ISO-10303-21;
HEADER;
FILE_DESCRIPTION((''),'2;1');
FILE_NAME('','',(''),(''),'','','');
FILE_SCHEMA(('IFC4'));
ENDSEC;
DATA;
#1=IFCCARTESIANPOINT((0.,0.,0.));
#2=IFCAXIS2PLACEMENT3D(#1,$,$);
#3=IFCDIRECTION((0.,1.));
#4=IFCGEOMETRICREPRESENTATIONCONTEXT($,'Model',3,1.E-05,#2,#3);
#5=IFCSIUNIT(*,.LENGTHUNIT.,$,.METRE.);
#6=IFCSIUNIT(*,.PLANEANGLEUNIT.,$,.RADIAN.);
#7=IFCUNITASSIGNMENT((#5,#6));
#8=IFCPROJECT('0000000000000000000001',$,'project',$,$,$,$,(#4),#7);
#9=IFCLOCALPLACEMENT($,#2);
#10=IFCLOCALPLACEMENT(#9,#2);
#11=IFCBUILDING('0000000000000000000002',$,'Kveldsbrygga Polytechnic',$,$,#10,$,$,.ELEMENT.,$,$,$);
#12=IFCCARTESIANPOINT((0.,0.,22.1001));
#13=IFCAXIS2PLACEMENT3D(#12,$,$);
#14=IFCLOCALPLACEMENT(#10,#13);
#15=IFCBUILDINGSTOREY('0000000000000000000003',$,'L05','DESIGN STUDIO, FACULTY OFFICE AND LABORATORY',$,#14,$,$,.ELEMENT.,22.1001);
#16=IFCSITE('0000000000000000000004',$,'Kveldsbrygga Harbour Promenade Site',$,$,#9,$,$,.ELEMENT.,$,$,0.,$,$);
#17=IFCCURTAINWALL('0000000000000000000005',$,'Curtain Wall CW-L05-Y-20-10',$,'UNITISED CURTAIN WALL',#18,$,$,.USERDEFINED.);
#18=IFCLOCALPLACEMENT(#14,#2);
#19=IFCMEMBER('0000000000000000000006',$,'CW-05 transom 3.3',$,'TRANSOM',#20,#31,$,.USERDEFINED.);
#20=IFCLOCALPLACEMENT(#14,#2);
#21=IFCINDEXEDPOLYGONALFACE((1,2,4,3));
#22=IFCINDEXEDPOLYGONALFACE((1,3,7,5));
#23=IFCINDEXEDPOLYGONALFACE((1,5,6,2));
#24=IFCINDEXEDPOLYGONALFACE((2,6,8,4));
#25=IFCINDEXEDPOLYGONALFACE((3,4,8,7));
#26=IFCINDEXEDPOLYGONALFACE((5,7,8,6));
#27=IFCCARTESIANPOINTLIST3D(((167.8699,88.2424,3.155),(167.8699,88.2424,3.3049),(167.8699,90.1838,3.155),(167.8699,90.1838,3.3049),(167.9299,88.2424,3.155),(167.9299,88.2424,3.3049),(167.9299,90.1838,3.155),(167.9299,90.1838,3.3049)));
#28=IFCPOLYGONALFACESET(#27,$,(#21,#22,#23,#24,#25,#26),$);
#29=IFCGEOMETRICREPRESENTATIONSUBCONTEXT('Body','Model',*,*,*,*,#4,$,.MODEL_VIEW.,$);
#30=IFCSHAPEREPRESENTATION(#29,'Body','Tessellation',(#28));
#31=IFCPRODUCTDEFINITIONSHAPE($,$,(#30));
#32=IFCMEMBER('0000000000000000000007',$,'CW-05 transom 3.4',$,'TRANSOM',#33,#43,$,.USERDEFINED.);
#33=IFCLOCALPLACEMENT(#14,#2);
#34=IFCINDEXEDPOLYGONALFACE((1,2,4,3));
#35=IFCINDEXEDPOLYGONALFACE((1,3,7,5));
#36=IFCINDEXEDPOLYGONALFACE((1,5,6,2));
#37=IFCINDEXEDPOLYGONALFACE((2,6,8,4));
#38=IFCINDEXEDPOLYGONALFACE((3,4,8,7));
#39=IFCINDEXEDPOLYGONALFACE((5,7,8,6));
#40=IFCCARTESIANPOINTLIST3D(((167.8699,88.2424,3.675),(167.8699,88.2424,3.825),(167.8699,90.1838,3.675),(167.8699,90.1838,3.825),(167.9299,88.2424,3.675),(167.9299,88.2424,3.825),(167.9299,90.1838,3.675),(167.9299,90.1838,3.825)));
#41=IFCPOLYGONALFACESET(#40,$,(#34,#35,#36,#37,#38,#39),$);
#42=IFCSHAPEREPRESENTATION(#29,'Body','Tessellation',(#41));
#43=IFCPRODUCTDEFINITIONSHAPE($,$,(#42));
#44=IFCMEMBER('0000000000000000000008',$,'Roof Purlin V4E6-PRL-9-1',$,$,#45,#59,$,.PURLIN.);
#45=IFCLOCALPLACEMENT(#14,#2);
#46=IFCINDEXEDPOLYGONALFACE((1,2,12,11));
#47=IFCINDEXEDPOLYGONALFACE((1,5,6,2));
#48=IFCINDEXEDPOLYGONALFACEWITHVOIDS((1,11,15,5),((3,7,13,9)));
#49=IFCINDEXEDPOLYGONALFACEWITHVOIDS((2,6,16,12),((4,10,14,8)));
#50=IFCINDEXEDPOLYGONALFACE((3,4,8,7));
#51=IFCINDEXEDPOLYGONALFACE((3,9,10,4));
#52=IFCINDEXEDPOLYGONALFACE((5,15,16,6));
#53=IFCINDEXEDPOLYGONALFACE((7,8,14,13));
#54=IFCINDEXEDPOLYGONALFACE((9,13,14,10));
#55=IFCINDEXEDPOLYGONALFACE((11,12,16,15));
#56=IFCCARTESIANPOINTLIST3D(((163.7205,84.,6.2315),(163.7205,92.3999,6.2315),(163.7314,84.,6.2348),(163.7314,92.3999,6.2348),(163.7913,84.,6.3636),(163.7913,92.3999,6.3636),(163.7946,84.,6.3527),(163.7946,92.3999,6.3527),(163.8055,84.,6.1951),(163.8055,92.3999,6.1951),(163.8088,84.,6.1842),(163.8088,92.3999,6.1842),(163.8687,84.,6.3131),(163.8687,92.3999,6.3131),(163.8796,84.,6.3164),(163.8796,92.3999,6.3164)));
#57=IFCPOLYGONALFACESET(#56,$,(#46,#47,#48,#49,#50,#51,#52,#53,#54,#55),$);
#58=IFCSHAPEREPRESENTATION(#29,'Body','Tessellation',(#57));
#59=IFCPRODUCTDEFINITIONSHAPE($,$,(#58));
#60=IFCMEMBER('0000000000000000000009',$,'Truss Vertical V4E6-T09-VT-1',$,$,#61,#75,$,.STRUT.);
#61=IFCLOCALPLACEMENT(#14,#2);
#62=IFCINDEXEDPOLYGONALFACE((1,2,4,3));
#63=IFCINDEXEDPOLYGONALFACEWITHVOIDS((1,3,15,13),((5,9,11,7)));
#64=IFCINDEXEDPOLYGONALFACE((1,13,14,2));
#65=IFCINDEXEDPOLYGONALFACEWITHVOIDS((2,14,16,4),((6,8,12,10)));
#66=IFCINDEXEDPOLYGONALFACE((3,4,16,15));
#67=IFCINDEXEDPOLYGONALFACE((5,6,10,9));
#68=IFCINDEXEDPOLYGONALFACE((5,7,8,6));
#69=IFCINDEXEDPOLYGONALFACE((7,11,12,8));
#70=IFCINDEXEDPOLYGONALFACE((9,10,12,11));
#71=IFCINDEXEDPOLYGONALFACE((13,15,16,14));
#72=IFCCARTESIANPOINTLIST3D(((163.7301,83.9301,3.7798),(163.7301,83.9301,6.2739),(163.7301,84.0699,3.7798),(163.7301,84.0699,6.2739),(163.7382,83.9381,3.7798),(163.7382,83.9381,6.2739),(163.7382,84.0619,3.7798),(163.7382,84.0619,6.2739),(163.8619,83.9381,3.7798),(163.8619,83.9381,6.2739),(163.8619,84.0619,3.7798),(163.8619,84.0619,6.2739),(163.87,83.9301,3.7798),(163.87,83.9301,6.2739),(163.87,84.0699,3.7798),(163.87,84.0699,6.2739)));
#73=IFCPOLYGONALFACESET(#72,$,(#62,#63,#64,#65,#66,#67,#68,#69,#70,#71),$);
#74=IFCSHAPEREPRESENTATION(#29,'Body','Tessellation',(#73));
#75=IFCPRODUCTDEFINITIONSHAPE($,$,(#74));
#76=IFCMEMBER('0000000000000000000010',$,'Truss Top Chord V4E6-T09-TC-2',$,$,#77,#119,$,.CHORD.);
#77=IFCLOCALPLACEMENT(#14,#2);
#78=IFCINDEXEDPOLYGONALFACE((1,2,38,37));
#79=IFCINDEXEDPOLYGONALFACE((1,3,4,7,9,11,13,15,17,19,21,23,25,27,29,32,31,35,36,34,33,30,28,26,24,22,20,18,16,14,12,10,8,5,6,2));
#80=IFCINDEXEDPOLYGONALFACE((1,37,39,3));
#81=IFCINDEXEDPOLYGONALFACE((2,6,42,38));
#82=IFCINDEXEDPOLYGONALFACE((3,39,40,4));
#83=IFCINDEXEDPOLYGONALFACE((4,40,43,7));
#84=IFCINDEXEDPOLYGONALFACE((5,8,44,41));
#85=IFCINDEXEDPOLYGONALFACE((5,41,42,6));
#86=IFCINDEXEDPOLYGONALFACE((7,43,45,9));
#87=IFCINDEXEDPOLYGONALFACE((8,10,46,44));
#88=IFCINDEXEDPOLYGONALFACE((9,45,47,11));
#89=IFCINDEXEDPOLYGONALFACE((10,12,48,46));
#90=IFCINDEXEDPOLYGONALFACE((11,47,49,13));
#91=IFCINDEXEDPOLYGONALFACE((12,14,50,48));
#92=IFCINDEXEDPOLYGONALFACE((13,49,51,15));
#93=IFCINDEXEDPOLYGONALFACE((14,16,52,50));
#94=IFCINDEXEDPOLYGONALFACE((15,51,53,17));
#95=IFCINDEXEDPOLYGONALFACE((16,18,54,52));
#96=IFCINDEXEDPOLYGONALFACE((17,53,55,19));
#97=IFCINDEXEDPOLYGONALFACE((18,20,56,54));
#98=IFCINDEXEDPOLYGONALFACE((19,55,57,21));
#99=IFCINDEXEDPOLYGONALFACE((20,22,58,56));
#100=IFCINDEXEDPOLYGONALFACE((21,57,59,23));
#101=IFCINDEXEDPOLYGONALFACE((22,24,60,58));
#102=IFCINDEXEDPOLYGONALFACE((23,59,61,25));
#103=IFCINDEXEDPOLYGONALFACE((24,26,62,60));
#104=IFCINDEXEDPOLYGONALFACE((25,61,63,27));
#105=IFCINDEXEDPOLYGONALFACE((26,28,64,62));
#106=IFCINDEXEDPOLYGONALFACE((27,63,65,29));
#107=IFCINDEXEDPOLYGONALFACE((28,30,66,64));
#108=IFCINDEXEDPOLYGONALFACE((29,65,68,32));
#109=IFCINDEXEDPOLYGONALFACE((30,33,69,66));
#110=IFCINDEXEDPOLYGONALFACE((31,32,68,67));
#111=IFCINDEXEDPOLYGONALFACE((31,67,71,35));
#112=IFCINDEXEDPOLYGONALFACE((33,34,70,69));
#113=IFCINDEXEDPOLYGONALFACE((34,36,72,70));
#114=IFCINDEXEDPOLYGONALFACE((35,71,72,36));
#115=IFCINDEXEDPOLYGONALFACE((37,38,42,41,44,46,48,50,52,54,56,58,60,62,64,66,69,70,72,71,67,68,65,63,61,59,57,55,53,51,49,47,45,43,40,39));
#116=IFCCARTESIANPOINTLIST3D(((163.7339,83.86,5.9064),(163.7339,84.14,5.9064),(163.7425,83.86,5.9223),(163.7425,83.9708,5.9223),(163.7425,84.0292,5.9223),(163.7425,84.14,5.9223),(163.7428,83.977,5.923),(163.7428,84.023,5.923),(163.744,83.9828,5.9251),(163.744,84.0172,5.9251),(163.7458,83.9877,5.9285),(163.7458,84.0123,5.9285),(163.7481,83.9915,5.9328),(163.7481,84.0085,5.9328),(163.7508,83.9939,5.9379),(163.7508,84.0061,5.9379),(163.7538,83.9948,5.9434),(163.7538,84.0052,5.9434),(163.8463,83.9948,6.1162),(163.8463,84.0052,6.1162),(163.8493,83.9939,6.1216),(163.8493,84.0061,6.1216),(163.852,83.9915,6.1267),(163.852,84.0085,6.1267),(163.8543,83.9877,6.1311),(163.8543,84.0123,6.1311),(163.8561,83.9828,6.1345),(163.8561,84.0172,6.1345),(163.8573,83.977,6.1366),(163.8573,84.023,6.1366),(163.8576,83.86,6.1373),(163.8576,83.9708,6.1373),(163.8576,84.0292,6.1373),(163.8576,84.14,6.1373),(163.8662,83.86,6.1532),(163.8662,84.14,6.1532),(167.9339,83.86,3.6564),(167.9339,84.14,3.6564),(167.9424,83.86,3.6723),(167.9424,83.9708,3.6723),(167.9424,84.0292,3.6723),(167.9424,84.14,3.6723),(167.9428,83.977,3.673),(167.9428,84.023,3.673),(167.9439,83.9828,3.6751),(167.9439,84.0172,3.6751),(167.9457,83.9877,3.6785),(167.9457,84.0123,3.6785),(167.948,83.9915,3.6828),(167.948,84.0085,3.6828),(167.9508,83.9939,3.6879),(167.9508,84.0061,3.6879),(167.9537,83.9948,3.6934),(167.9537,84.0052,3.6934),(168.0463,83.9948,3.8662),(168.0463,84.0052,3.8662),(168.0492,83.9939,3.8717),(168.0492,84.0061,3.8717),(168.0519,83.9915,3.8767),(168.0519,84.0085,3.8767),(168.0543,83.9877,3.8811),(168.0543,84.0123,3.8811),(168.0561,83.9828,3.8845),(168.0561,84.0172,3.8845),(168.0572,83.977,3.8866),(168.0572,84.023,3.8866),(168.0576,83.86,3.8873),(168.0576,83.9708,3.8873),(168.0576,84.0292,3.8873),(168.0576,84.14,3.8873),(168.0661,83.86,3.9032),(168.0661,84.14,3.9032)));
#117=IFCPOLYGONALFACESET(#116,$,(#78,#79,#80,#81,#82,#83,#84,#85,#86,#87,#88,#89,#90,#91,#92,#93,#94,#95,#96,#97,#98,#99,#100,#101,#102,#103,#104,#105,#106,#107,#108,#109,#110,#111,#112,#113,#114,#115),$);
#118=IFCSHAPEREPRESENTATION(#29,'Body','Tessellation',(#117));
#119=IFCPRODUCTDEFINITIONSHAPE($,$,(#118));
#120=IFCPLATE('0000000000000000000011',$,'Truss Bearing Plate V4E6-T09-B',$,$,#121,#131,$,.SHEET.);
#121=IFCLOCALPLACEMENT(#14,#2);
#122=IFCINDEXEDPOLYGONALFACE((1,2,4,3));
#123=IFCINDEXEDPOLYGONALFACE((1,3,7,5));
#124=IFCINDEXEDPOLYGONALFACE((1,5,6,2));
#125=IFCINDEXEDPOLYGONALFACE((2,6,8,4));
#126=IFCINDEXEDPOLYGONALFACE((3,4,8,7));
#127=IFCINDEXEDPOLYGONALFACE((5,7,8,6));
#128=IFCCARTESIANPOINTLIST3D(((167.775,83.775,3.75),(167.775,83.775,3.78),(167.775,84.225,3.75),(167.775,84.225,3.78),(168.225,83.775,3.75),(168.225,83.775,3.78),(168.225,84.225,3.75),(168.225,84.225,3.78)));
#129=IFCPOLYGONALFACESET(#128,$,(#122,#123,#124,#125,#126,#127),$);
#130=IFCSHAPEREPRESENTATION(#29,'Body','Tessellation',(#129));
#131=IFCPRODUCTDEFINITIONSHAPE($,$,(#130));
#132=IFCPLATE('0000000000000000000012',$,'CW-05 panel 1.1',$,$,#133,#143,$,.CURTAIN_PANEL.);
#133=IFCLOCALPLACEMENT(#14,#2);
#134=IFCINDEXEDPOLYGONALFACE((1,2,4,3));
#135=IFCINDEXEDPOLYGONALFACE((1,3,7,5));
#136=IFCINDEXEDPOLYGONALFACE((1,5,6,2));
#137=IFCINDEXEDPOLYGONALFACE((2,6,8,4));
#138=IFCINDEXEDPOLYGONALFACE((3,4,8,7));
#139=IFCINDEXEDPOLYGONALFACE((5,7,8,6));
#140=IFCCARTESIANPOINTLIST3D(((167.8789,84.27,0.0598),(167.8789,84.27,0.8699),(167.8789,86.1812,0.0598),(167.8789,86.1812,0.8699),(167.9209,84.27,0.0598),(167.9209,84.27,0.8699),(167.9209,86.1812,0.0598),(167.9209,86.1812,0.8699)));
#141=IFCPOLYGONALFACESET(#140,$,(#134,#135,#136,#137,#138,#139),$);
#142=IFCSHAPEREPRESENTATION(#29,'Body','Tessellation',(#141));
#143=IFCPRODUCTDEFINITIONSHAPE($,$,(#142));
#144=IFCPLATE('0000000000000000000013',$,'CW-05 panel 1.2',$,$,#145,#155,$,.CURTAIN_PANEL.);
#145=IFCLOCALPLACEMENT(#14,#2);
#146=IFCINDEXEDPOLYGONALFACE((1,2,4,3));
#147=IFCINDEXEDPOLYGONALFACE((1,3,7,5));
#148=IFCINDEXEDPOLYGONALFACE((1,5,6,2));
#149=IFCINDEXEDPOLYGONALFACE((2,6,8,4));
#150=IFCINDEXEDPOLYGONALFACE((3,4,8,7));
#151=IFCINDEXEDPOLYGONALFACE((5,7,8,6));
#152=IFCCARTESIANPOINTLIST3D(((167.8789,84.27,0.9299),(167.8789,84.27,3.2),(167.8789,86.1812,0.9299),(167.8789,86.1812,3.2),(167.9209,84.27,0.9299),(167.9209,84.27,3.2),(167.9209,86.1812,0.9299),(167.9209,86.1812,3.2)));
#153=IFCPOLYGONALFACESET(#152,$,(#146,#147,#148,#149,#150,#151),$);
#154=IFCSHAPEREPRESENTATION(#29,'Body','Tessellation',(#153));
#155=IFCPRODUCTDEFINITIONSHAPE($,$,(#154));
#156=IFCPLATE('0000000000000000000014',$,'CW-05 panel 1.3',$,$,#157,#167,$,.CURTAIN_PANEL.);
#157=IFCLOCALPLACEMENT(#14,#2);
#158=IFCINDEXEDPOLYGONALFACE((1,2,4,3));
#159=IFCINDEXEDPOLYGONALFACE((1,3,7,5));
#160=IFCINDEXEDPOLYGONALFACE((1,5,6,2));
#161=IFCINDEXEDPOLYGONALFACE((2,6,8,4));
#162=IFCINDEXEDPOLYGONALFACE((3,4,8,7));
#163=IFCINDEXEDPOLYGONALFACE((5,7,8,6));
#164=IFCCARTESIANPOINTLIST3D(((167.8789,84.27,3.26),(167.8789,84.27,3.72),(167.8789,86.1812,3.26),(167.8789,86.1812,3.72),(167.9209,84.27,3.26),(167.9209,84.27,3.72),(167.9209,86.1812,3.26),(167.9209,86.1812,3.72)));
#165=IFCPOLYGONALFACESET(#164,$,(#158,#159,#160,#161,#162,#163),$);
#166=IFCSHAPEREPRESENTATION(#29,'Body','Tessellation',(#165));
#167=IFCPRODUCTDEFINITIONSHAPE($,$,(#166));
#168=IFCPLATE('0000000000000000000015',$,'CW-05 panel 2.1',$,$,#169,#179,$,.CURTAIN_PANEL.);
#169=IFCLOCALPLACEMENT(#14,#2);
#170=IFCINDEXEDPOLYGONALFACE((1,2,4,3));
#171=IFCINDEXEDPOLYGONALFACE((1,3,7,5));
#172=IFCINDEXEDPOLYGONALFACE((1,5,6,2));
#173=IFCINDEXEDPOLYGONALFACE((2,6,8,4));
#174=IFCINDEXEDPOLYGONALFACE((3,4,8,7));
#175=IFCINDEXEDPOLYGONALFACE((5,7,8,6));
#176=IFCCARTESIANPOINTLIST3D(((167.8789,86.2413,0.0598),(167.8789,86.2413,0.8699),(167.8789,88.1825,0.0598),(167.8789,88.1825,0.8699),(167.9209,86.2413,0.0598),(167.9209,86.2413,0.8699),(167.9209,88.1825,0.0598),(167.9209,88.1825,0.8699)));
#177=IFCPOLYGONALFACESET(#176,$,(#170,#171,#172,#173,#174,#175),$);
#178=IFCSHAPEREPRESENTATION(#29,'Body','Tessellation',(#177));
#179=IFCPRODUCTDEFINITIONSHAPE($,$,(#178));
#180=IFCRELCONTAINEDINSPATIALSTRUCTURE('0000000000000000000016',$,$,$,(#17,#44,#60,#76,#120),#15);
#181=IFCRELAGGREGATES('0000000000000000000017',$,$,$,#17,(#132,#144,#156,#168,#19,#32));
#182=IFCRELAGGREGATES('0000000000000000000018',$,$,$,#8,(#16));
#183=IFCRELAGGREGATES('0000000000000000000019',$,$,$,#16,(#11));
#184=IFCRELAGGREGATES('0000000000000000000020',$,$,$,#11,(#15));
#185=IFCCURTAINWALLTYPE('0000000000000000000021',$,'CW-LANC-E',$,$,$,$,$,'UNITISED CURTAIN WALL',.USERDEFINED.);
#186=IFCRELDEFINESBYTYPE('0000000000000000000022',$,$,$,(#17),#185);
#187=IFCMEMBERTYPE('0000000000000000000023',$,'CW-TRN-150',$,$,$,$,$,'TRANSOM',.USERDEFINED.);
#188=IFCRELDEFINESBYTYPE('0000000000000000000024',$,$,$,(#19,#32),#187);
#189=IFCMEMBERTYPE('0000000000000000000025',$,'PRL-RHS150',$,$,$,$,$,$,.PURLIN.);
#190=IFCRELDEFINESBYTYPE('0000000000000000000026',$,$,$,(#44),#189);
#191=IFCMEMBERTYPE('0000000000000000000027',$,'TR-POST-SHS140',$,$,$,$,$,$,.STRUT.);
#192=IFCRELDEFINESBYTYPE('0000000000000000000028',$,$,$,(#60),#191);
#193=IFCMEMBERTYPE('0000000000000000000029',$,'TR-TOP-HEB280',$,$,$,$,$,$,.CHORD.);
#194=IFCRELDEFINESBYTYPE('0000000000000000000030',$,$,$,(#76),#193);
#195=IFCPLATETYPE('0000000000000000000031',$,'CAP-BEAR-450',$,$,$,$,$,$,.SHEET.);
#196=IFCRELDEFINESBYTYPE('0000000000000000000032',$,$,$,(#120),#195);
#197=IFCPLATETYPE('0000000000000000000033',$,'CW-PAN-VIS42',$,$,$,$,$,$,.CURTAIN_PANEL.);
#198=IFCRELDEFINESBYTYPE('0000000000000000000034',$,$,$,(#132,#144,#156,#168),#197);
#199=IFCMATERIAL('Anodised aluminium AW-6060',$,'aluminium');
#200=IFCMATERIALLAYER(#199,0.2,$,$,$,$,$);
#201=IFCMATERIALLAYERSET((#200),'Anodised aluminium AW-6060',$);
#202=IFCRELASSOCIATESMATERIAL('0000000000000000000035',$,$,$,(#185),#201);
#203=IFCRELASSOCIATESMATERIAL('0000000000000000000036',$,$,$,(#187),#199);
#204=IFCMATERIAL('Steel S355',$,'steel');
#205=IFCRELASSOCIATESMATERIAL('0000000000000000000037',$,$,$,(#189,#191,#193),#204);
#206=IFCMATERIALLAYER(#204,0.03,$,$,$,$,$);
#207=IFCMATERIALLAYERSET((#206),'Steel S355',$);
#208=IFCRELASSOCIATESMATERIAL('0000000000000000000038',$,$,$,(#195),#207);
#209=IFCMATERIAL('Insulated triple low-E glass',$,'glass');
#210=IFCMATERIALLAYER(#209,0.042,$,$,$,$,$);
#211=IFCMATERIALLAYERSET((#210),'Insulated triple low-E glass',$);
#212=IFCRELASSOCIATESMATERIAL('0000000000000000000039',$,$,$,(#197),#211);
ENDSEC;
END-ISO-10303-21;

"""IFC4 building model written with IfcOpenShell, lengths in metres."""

from ifc_helpers import new_model, si_unit, direction, frame, origin, origin_2d, place, context, subcontext, project, spatial, rectangle, hollow_rectangle, i_section, extrude, material, layer, layer_set, material_profile, profile_set, type_object, element, aggregate, save


model = new_model("IFC4")

# Units and contexts
model_context = context("Model", 3, precision=1e-05, world=origin(), true_north=direction((0.0, 1.0)))
body_context = subcontext(model_context, "Body", "Model", "MODEL_VIEW")
ifc_project = project(units=[si_unit("LENGTHUNIT", "METRE"), si_unit("PLANEANGLEUNIT", "RADIAN")], contexts=[model_context])

# Site, building, storey
site_placement = place(None, origin())
site = spatial("IfcSite", under=ifc_project, at=site_placement, Name="Kveldsbrygga Harbour Promenade Site", CompositionType="ELEMENT", RefElevation=0.0)
building_placement = place(site_placement, origin())
building = spatial("IfcBuilding", under=site, at=building_placement, Name="Kveldsbrygga Polytechnic", CompositionType="ELEMENT")
storey_placement = place(building_placement, frame((0.0, 0.0, 22.1001)))
storey = spatial("IfcBuildingStorey", under=building, at=storey_placement, Name="L05", Description="DESIGN STUDIO, FACULTY OFFICE AND LABORATORY", CompositionType="ELEMENT", Elevation=22.1001)

# Curtain wall, members
ifc_material_1 = material(Name="Anodised aluminium AW-6060", Category="aluminium")
ifc_layer_1 = layer(ifc_material_1, 0.2)
ifc_layer_set_1 = layer_set([ifc_layer_1], Name="Anodised aluminium AW-6060")
curtain_wall_type = type_object("IfcCurtainWallType", Name="CW-LANC-E", ElementType="UNITISED CURTAIN WALL", PredefinedType="USERDEFINED", material=ifc_layer_set_1)
curtain_wall_placement = place(storey_placement, origin())
curtain_wall = element("IfcCurtainWall", 1, at=curtain_wall_placement, inside=storey, type_object=curtain_wall_type, Name="Curtain Wall CW-L05-Y-20-10", ObjectType="UNITISED CURTAIN WALL", PredefinedType="USERDEFINED")
ifc_material_profile_1 = material_profile(ifc_material_1, rectangle(XDim=0.0601, YDim=0.1499, at=origin_2d()), Name="ALU 60x150")
ifc_profile_set_1 = profile_set([ifc_material_profile_1], Name="Anodised aluminium AW-6060")
member_type_1 = type_object("IfcMemberType", Name="CW-TRN-150", ElementType="TRANSOM", PredefinedType="USERDEFINED", material=ifc_profile_set_1)
member_1_placement = place(storey_placement, frame((167.8999, 88.2424, 3.23), z_axis=(0.0, 1.0, 0.0), x_axis=(-1.0, 0.0, 0.0)))
member_1 = element("IfcMember", 2, at=member_1_placement, type_object=member_type_1, Name="CW-05 transom 3.3", ObjectType="TRANSOM", PredefinedType="USERDEFINED", context=body_context, shape_type="SweptSolid", body=[
    extrude(rectangle(XDim=0.0601, YDim=0.1499, at=origin_2d()), origin(), (0.0, 0.0, 1.0), 1.9414),
])
member_2_placement = place(storey_placement, frame((167.8999, 88.2424, 3.75), z_axis=(0.0, 1.0, 0.0), x_axis=(-1.0, 0.0, 0.0)))
member_2 = element("IfcMember", 3, at=member_2_placement, type_object=member_type_1, Name="CW-05 transom 3.4", ObjectType="TRANSOM", PredefinedType="USERDEFINED", context=body_context, shape_type="SweptSolid", body=[
    extrude(rectangle(XDim=0.0601, YDim=0.1499, at=origin_2d()), origin(), (0.0, 0.0, 1.0), 1.9414),
])

# Members
ifc_material_2 = material(Name="Steel S355", Category="steel")
ifc_material_profile_2 = material_profile(ifc_material_2, hollow_rectangle(XDim=0.1001, YDim=0.1499, WallThickness=0.0081, at=origin_2d()), Name="RHS 150x100x8.0")
ifc_profile_set_2 = profile_set([ifc_material_profile_2], Name="Steel S355")
member_type_2 = type_object("IfcMemberType", Name="PRL-RHS150", PredefinedType="PURLIN", material=ifc_profile_set_2)
member_3_placement = place(storey_placement, frame((163.8, 84.0, 6.2739), z_axis=(0.0, 1.0, 0.0), x_axis=(-0.88148, 0.0, 0.472222)))
element("IfcMember", 4, at=member_3_placement, inside=storey, type_object=member_type_2, Name="Roof Purlin V4E6-PRL-9-1", PredefinedType="PURLIN", context=body_context, shape_type="SweptSolid", body=[
    extrude(hollow_rectangle(XDim=0.1001, YDim=0.1499, WallThickness=0.0081, at=origin_2d()), origin(), (0.0, 0.0, 1.0), 8.3999),
])
ifc_material_profile_3 = material_profile(ifc_material_2, hollow_rectangle(XDim=0.1399, YDim=0.1399, WallThickness=0.0081, at=origin_2d()), Name="SHS 140x140x8.0")
ifc_profile_set_3 = profile_set([ifc_material_profile_3], Name="Steel S355")
member_type_3 = type_object("IfcMemberType", Name="TR-POST-SHS140", PredefinedType="STRUT", material=ifc_profile_set_3)
member_4_placement = place(storey_placement, frame((163.8, 84.0, 3.7798), z_axis=(0.0, 0.0, 1.0), x_axis=(1.0, 0.0, 0.0)))
element("IfcMember", 5, at=member_4_placement, inside=storey, type_object=member_type_3, Name="Truss Vertical V4E6-T09-VT-1", PredefinedType="STRUT", context=body_context, shape_type="SweptSolid", body=[
    extrude(hollow_rectangle(XDim=0.1399, YDim=0.1399, WallThickness=0.0081, at=origin_2d()), origin(), (0.0, 0.0, 1.0), 2.4941),
])
ifc_material_profile_4 = material_profile(ifc_material_2, i_section(OverallWidth=0.28, OverallDepth=0.28, WebThickness=0.0105, FlangeThickness=0.0181, FilletRadius=0.0239, at=origin_2d()), Name="HEB 280")
ifc_profile_set_4 = profile_set([ifc_material_profile_4], Name="Steel S355")
member_type_4 = type_object("IfcMemberType", Name="TR-TOP-HEB280", PredefinedType="CHORD", material=ifc_profile_set_4)
member_5_placement = place(storey_placement, frame((163.8, 84.0, 6.0298), z_axis=(0.881478, 0.0, -0.472226), x_axis=(0.0, 1.0, 0.0)))
element("IfcMember", 6, at=member_5_placement, inside=storey, type_object=member_type_4, Name="Truss Top Chord V4E6-T09-TC-2", PredefinedType="CHORD", context=body_context, shape_type="SweptSolid", body=[
    extrude(i_section(OverallWidth=0.28, OverallDepth=0.28, WebThickness=0.0105, FlangeThickness=0.0181, FilletRadius=0.0239, at=origin_2d()), origin(), (0.0, 0.0, 1.0), 4.7646),
])

# Plates
ifc_layer_2 = layer(ifc_material_2, 0.03)
ifc_layer_set_2 = layer_set([ifc_layer_2], Name="Steel S355")
plate_type_1 = type_object("IfcPlateType", Name="CAP-BEAR-450", PredefinedType="SHEET", material=ifc_layer_set_2)
plate_1_placement = place(storey_placement, frame((168.0, 84.0, 3.75), z_axis=(0.0, 0.0, 1.0), x_axis=(1.0, 0.0, 0.0)))
element("IfcPlate", 7, at=plate_1_placement, inside=storey, type_object=plate_type_1, Name="Truss Bearing Plate V4E6-T09-B", PredefinedType="SHEET", context=body_context, shape_type="SweptSolid", body=[
    extrude(rectangle(XDim=0.45, YDim=0.45, at=origin_2d()), origin(), (0.0, 0.0, 1.0), 0.03),
])
ifc_material_3 = material(Name="Insulated triple low-E glass", Category="glass")
ifc_layer_3 = layer(ifc_material_3, 0.042)
ifc_layer_set_3 = layer_set([ifc_layer_3], Name="Insulated triple low-E glass")
plate_type_2 = type_object("IfcPlateType", Name="CW-PAN-VIS42", PredefinedType="CURTAIN_PANEL", material=ifc_layer_set_3)
plate_2_placement = place(storey_placement, frame((167.8999, 85.2256, 0.0598), z_axis=(0.0, 0.0, 1.0), x_axis=(0.0, 1.0, 0.0)))
plate_2 = element("IfcPlate", 8, at=plate_2_placement, type_object=plate_type_2, Name="CW-05 panel 1.1", PredefinedType="CURTAIN_PANEL", context=body_context, shape_type="SweptSolid", body=[
    extrude(rectangle(XDim=1.9111, YDim=0.042, at=origin_2d()), origin(), (0.0, 0.0, 1.0), 0.8101),
])
plate_3_placement = place(storey_placement, frame((167.8999, 85.2256, 0.9299), z_axis=(0.0, 0.0, 1.0), x_axis=(0.0, 1.0, 0.0)))
plate_3 = element("IfcPlate", 9, at=plate_3_placement, type_object=plate_type_2, Name="CW-05 panel 1.2", PredefinedType="CURTAIN_PANEL", context=body_context, shape_type="SweptSolid", body=[
    extrude(rectangle(XDim=1.9111, YDim=0.042, at=origin_2d()), origin(), (0.0, 0.0, 1.0), 2.27),
])
plate_4_placement = place(storey_placement, frame((167.8999, 85.2256, 3.26), z_axis=(0.0, 0.0, 1.0), x_axis=(0.0, 1.0, 0.0)))
plate_4 = element("IfcPlate", 10, at=plate_4_placement, type_object=plate_type_2, Name="CW-05 panel 1.3", PredefinedType="CURTAIN_PANEL", context=body_context, shape_type="SweptSolid", body=[
    extrude(rectangle(XDim=1.9111, YDim=0.042, at=origin_2d()), origin(), (0.0, 0.0, 1.0), 0.46),
])
plate_5_placement = place(storey_placement, frame((167.8999, 87.2119, 0.0598), z_axis=(0.0, 0.0, 1.0), x_axis=(0.0, 1.0, 0.0)))
plate_5 = element("IfcPlate", 11, at=plate_5_placement, type_object=plate_type_2, Name="CW-05 panel 2.1", PredefinedType="CURTAIN_PANEL", context=body_context, shape_type="SweptSolid", body=[
    extrude(rectangle(XDim=1.9412, YDim=0.042, at=origin_2d()), origin(), (0.0, 0.0, 1.0), 0.8101),
])
aggregate(curtain_wall, [plate_2, plate_3, plate_4, plate_5, member_1, member_2])

save(model, "model.ifc")
